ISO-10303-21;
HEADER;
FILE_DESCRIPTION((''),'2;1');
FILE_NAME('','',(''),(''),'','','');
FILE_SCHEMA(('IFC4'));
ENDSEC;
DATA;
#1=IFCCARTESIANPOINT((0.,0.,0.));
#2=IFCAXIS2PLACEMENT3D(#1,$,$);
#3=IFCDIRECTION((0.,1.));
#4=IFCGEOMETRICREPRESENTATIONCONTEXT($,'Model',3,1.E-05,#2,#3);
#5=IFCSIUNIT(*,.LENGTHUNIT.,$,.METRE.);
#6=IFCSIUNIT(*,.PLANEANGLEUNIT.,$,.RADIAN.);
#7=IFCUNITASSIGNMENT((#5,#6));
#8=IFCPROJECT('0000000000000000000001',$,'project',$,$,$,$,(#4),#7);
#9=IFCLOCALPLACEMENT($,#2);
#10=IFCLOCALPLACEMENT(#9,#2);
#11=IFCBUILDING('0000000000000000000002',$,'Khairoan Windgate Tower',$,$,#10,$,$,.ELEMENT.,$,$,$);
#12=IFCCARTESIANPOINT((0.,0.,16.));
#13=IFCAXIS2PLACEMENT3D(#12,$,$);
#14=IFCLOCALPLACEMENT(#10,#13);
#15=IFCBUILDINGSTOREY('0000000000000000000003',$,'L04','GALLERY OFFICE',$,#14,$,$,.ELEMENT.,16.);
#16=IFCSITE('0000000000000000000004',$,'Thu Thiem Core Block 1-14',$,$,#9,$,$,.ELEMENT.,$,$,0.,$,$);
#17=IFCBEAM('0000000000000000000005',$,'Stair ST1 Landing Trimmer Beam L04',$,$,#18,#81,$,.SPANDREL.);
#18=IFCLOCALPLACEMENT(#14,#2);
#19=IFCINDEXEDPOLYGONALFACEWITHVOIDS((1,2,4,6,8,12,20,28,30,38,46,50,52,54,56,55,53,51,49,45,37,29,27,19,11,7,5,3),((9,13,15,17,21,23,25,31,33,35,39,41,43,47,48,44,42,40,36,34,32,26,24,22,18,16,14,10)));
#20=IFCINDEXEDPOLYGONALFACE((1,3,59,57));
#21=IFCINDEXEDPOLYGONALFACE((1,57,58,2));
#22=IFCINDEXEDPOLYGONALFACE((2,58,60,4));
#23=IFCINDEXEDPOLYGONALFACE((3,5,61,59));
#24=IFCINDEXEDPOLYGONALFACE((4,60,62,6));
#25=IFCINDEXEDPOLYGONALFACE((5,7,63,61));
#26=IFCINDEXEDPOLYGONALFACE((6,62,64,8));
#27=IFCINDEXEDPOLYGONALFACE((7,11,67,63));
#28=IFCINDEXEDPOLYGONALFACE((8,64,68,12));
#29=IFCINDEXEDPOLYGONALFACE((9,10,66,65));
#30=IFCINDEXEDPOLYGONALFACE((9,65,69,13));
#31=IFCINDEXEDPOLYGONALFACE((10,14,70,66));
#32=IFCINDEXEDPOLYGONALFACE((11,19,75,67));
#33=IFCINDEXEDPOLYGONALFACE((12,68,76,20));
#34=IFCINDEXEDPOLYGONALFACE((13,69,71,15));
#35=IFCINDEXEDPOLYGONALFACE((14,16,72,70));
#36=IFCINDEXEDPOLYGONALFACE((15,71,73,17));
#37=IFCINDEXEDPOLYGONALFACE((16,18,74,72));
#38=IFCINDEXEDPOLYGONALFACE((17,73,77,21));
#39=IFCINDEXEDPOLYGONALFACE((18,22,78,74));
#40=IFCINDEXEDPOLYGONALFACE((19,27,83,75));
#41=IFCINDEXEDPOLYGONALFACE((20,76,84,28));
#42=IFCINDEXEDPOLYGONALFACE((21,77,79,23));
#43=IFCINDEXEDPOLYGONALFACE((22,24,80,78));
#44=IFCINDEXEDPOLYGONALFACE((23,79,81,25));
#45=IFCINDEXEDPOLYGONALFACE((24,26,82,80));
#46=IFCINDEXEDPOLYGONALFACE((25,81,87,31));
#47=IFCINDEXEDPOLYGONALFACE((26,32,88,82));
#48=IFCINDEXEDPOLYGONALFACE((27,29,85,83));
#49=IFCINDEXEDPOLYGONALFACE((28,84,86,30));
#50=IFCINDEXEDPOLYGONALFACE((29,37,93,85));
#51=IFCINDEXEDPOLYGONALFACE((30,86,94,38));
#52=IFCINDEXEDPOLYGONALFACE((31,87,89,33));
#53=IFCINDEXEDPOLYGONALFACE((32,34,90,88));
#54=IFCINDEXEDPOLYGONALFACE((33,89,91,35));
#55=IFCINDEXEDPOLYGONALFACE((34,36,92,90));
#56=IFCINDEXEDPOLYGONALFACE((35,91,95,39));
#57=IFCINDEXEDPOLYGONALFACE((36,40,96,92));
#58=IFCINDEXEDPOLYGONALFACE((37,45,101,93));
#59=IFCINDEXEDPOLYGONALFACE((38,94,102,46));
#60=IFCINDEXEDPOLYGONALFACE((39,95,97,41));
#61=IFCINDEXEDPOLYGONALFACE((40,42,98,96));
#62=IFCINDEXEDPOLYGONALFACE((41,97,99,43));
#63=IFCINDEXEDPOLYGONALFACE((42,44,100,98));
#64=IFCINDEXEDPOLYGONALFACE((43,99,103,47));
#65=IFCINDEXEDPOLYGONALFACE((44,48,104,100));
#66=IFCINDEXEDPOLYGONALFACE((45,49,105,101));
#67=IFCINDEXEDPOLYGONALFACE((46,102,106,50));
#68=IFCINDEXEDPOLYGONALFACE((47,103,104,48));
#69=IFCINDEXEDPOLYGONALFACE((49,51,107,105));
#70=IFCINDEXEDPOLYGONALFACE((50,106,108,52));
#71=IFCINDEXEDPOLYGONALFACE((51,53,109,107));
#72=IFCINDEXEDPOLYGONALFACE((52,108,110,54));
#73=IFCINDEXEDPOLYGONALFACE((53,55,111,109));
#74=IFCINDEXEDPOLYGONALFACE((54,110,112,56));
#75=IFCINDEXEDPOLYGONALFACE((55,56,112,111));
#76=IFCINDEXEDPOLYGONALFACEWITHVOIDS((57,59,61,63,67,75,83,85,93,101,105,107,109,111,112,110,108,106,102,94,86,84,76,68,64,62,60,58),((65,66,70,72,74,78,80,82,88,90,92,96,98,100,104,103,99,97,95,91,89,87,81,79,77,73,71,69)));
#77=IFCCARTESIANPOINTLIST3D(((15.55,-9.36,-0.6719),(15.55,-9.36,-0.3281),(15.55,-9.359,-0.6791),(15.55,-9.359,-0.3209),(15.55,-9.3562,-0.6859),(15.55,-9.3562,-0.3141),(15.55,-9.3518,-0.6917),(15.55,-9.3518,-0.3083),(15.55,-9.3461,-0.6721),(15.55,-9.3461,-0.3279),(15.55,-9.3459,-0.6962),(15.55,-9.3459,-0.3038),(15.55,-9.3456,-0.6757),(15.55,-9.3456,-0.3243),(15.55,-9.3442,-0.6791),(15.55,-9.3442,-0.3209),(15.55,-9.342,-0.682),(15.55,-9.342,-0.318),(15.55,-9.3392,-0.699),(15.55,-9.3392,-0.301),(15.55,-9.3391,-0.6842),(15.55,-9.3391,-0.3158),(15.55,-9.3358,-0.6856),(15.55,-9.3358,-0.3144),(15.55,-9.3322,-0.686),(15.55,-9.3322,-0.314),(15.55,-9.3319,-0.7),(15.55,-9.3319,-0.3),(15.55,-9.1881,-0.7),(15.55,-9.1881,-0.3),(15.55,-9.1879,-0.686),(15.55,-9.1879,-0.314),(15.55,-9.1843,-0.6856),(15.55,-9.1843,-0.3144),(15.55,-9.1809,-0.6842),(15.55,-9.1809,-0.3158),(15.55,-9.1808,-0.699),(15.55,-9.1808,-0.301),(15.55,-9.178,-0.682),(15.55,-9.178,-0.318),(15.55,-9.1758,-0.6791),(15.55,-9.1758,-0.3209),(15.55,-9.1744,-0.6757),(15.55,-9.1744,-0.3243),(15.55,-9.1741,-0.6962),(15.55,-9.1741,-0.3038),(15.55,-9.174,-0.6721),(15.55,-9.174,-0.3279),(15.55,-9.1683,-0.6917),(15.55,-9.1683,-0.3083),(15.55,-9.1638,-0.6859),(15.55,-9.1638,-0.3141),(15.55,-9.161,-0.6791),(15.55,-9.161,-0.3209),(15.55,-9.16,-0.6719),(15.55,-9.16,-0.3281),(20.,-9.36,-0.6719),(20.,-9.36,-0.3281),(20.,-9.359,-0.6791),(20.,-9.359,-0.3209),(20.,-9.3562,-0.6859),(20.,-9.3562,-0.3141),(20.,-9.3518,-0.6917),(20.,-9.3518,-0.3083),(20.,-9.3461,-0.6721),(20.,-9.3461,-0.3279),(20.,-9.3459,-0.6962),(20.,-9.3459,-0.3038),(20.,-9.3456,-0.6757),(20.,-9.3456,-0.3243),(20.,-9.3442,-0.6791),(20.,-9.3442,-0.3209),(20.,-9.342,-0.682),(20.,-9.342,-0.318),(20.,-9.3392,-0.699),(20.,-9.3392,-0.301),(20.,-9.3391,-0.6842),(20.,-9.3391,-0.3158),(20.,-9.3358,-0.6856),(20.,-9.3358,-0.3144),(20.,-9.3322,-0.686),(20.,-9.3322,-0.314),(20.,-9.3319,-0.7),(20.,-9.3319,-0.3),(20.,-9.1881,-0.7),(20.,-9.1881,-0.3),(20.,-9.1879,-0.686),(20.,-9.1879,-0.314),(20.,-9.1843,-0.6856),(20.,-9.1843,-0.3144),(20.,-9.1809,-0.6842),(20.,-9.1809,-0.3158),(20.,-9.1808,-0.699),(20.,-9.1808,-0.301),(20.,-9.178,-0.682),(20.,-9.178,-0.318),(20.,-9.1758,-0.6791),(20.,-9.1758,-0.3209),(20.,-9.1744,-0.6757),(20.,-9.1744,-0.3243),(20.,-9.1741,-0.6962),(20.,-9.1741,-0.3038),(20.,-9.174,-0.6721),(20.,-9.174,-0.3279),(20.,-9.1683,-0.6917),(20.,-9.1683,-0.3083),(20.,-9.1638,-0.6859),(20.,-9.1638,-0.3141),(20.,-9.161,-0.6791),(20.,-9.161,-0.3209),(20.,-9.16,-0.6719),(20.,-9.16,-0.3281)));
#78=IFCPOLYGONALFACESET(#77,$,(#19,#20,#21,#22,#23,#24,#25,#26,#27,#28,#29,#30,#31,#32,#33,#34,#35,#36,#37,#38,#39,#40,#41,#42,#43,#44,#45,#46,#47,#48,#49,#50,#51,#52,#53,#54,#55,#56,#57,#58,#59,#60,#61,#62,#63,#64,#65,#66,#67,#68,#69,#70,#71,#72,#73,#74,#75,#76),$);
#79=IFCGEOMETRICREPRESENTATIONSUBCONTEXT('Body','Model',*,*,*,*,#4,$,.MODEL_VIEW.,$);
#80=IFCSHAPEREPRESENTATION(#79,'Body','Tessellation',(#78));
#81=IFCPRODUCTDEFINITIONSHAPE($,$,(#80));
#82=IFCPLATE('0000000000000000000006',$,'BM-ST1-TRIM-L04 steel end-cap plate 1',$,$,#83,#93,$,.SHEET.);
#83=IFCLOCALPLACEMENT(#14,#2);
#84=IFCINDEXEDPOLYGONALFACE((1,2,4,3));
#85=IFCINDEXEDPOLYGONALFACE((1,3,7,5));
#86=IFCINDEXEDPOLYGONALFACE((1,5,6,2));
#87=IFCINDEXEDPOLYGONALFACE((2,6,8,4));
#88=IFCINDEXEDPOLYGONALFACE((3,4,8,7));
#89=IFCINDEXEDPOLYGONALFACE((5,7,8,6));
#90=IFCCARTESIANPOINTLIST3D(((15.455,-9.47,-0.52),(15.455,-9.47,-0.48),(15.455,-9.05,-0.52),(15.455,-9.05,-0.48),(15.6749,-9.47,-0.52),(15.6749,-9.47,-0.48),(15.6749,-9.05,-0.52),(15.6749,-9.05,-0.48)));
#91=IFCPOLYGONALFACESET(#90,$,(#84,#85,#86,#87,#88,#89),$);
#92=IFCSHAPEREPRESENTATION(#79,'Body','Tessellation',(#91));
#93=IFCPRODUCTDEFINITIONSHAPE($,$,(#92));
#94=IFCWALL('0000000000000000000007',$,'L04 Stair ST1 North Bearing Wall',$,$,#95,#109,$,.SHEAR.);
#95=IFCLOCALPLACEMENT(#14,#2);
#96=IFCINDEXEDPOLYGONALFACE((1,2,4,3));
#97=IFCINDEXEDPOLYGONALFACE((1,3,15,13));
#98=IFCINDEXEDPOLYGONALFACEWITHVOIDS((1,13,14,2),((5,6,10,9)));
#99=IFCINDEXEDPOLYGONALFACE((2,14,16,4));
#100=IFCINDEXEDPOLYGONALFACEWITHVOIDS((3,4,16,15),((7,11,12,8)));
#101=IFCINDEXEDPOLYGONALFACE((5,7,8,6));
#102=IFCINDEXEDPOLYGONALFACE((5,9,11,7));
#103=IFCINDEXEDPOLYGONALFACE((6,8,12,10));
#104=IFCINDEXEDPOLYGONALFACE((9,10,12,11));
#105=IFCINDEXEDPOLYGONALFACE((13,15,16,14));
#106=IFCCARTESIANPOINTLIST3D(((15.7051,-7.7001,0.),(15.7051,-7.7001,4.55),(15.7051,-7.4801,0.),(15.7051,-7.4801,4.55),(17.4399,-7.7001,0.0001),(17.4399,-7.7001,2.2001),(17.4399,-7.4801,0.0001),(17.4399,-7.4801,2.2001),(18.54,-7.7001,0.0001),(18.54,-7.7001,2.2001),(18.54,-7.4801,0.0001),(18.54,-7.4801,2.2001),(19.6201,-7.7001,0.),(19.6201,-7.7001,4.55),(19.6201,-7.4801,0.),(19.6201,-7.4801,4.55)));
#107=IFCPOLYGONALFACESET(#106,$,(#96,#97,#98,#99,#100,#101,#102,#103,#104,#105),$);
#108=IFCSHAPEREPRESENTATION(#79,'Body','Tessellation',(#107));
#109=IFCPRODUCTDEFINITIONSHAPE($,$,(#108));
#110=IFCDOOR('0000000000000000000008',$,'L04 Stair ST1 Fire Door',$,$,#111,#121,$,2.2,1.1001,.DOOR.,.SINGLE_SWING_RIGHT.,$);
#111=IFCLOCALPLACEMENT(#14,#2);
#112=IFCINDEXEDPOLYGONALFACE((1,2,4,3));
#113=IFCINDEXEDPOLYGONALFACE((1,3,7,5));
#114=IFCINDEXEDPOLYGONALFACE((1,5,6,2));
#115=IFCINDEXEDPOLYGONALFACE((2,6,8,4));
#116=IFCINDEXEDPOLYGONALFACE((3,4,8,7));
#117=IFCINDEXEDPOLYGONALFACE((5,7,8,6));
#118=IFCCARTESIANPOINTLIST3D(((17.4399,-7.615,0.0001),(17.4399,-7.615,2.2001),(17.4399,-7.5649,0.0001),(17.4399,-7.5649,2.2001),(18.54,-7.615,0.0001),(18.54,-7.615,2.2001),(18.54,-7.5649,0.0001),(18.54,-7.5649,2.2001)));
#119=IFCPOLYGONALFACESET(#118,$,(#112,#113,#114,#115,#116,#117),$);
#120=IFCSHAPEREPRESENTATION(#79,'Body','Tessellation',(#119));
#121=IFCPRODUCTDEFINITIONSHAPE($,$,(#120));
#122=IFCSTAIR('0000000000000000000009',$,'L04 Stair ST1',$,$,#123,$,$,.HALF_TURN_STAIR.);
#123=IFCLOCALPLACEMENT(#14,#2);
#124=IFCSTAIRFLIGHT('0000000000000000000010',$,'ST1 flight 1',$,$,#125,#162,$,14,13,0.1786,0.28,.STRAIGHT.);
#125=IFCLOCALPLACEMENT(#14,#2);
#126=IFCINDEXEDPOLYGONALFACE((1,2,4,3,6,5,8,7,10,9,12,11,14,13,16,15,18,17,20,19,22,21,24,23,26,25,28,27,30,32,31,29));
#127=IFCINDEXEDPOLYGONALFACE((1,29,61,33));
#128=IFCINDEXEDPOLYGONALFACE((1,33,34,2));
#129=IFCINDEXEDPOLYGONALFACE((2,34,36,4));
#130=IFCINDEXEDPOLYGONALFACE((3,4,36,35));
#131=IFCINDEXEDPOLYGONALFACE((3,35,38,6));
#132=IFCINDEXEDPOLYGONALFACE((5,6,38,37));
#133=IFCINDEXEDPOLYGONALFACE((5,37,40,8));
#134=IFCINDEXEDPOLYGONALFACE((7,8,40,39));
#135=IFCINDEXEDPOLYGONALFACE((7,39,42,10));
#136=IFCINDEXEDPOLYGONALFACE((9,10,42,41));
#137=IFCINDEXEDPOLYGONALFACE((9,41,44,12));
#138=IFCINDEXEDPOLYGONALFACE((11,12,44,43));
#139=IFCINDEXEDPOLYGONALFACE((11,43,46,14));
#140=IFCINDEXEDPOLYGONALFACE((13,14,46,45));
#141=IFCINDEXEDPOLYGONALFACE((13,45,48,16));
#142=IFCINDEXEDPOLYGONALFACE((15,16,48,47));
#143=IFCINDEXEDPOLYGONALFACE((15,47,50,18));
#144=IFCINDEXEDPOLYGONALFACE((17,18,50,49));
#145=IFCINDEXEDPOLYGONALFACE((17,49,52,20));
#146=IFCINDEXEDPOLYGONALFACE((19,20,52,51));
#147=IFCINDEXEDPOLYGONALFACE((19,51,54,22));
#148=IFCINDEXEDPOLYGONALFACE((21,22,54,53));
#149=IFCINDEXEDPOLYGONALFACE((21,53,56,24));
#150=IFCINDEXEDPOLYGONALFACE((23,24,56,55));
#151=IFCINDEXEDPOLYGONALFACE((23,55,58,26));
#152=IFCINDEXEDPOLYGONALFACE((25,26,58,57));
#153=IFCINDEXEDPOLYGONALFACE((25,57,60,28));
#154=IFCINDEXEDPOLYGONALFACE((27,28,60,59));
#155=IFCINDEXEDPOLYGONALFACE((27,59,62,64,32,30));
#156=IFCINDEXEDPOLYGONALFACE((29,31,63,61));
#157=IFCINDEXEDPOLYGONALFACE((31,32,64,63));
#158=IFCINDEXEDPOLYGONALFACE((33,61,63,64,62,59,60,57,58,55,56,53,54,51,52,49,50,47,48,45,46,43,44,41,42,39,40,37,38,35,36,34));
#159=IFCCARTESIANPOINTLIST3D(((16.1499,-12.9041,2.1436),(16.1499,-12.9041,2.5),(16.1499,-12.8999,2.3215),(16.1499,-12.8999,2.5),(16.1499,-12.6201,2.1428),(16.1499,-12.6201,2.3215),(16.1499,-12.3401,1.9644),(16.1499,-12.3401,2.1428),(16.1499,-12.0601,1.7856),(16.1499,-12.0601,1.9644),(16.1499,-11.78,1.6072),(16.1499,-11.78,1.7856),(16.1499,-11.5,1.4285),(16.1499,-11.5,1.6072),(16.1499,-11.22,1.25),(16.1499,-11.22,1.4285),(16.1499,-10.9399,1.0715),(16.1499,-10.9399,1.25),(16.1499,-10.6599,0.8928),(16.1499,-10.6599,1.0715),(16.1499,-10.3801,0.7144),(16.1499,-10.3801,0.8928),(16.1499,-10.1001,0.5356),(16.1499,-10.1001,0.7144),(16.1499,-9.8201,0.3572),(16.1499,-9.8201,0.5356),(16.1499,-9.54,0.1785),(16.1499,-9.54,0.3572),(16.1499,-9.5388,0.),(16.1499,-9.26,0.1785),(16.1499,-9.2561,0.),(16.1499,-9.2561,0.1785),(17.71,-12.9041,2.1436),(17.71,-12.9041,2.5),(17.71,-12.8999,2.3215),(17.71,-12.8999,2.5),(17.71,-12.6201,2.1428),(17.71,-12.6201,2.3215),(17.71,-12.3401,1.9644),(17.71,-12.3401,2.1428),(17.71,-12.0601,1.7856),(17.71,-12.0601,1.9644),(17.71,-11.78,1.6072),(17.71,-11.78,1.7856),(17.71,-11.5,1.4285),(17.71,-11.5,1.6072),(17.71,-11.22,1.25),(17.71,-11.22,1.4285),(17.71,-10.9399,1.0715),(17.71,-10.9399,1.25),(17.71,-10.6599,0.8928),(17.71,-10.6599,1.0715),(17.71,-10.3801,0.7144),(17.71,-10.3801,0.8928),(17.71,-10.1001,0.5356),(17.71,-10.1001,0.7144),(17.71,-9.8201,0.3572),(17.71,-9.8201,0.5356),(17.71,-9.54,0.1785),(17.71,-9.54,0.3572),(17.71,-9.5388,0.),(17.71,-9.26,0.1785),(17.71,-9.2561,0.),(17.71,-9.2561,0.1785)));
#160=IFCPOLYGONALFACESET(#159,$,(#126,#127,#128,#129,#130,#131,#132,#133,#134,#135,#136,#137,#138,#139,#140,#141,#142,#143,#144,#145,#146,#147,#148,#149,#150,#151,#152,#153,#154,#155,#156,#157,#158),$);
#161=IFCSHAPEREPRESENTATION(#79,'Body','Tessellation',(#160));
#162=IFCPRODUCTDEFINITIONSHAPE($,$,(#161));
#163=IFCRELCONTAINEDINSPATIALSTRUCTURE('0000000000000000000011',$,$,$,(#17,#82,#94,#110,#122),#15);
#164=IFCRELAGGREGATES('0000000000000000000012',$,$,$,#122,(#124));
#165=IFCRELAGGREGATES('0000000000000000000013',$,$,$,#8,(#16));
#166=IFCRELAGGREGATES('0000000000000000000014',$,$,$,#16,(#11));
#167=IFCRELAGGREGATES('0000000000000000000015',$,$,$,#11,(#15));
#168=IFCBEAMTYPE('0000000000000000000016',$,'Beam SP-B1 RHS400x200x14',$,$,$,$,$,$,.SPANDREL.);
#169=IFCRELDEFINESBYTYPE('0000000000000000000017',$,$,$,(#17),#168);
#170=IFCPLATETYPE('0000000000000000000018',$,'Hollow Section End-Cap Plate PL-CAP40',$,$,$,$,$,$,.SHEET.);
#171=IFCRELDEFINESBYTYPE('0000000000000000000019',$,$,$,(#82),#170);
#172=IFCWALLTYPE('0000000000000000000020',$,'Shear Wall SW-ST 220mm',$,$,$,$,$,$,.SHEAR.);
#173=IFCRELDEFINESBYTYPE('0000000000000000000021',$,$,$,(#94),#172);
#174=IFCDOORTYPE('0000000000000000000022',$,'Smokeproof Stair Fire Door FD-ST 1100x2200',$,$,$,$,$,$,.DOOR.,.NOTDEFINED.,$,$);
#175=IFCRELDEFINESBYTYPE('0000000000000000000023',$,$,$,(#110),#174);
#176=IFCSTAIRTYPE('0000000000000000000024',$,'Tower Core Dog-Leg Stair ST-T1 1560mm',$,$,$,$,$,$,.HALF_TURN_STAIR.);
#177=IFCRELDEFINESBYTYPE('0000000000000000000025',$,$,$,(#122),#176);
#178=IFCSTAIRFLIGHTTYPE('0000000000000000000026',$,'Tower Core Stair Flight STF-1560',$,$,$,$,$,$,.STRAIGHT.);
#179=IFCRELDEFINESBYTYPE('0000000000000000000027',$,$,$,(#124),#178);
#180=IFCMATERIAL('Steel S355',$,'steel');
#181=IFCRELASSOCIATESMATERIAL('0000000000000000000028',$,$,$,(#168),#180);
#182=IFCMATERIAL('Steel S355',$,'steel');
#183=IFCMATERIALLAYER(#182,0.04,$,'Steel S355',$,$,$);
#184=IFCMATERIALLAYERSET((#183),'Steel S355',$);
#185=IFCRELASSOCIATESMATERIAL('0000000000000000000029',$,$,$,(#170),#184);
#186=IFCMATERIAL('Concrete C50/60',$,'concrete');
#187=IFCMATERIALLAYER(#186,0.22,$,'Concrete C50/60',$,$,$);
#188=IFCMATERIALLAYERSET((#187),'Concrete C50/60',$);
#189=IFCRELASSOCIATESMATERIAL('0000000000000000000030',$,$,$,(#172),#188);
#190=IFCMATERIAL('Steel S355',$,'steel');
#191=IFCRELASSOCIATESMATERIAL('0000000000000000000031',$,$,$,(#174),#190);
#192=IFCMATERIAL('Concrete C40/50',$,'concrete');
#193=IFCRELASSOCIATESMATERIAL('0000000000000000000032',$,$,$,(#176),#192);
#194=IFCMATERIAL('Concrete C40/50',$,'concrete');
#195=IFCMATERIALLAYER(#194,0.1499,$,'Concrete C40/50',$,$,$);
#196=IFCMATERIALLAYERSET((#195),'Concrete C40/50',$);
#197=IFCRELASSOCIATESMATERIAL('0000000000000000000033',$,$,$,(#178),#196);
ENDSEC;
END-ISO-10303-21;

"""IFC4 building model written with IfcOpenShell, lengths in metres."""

from ifc_helpers import new_model, si_unit, direction, frame, frame_2d, origin, origin_2d, place, context, subcontext, project, spatial, polyline, rectangle, hollow_rectangle, outline, extrude, material, layer, layer_set, material_profile, profile_set, type_object, element, fill, aggregate, save


model = new_model("IFC4")

# Units and contexts
model_context = context("Model", 3, precision=1e-05, world=origin(), true_north=direction((0.0, 1.0)))
body_context = subcontext(model_context, "Body", "Model", "MODEL_VIEW")
ifc_project = project(units=[si_unit("LENGTHUNIT", "METRE"), si_unit("PLANEANGLEUNIT", "RADIAN")], contexts=[model_context])

# Site, building, storey
site_placement = place(None, origin())
site = spatial("IfcSite", under=ifc_project, at=site_placement, Name="Thu Thiem Core Block 1-14", CompositionType="ELEMENT", RefElevation=0.0)
building_placement = place(site_placement, origin())
building = spatial("IfcBuilding", under=site, at=building_placement, Name="Khairoan Windgate Tower", CompositionType="ELEMENT")
storey_placement = place(building_placement, frame((0.0, 0.0, 16.0)))
storey = spatial("IfcBuildingStorey", under=building, at=storey_placement, Name="L04", Description="GALLERY OFFICE", CompositionType="ELEMENT", Elevation=16.0)

# Beam
ifc_material_1 = material(Name="Steel S355", Category="steel")
ifc_material_profile = material_profile(ifc_material_1, hollow_rectangle(XDim=0.2, YDim=0.3999, WallThickness=0.0139, InnerFilletRadius=0.0139, OuterFilletRadius=0.0281, at=origin_2d()))
ifc_profile_set = profile_set([ifc_material_profile], Name="Steel S355")
beam_type = type_object("IfcBeamType", Name="Beam SP-B1 RHS400x200x14", PredefinedType="SPANDREL", material=ifc_profile_set)
beam_placement = place(storey_placement, frame((15.55, -9.26, -0.5), z_axis=(1.0, 0.0, 0.0), x_axis=(0.0, 1.0, 0.0)))
element("IfcBeam", 1, at=beam_placement, inside=storey, type_object=beam_type, Name="Stair ST1 Landing Trimmer Beam L04", PredefinedType="SPANDREL", context=body_context, shape_type="SweptSolid", body=[
    extrude(hollow_rectangle(XDim=0.2, YDim=0.3999, WallThickness=0.0139, InnerFilletRadius=0.0139, OuterFilletRadius=0.0281, at=origin_2d()), origin(), (0.0, 0.0, 1.0), 4.45),
])

# Plate
ifc_material_2 = material(Name="Steel S355", Category="steel")
ifc_layer_1 = layer(ifc_material_2, 0.04, Name="Steel S355")
ifc_layer_set_1 = layer_set([ifc_layer_1], Name="Steel S355")
plate_type = type_object("IfcPlateType", Name="Hollow Section End-Cap Plate PL-CAP40", PredefinedType="SHEET", material=ifc_layer_set_1)
plate_placement = place(storey_placement, frame((15.5649, -9.26, -0.52), z_axis=(0.0, 0.0, 1.0), x_axis=(1.0, 0.0, 0.0)))
element("IfcPlate", 2, at=plate_placement, inside=storey, type_object=plate_type, Name="BM-ST1-TRIM-L04 steel end-cap plate 1", PredefinedType="SHEET", context=body_context, shape_type="SweptSolid", body=[
    extrude(rectangle(XDim=0.22, YDim=0.4199, at=origin_2d()), origin(), (0.0, 0.0, 1.0), 0.04),
])

# Wall, opening, door
ifc_material_3 = material(Name="Concrete C50/60", Category="concrete")
ifc_layer_2 = layer(ifc_material_3, 0.22, Name="Concrete C50/60")
ifc_layer_set_2 = layer_set([ifc_layer_2], Name="Concrete C50/60")
wall_type = type_object("IfcWallType", Name="Shear Wall SW-ST 220mm", PredefinedType="SHEAR", material=ifc_layer_set_2)
wall_placement = place(storey_placement, frame((19.6201, -7.5901, 0.0), z_axis=(0.0, 0.0, 1.0), x_axis=(-1.0, 0.0, 0.0)))
wall = element("IfcWall", 3, at=wall_placement, inside=storey, type_object=wall_type, Name="L04 Stair ST1 North Bearing Wall", PredefinedType="SHEAR", context=body_context, shape_type="SweptSolid", body=[
    extrude(rectangle(XDim=3.915, YDim=0.22, at=frame_2d((1.9575, 0.0))), origin(), (0.0, 0.0, 1.0), 4.55),
])
opening_placement = place(wall_placement, frame((1.0801, 0.0, 0.0)))
opening = element("IfcOpeningElement", 4, at=opening_placement, cuts=wall, PredefinedType="OPENING", context=body_context, shape_type="SweptSolid", body=[
    extrude(rectangle(XDim=1.1001, YDim=2.2, at=frame_2d((0.55, 1.1001))), frame((0.0, 0.1199, 0.0), z_axis=(0.0, -1.0, 0.0), x_axis=(1.0, 0.0, 0.0)), (0.0, 0.0, 1.0), 0.24),
])
ifc_material_4 = material(Name="Steel S355", Category="steel")
door_type = type_object("IfcDoorType", Name="Smokeproof Stair Fire Door FD-ST 1100x2200", OperationType="NOTDEFINED", PredefinedType="DOOR", material=ifc_material_4)
door_placement = place(opening_placement, origin())
door = element("IfcDoor", 5, at=door_placement, inside=storey, type_object=door_type, Name="L04 Stair ST1 Fire Door", OperationType="SINGLE_SWING_RIGHT", OverallHeight=2.2, OverallWidth=1.1001, PredefinedType="DOOR", context=body_context, shape_type="SweptSolid", body=[
    extrude(rectangle(XDim=1.1001, YDim=2.2, at=frame_2d((0.55, 1.1001))), frame((0.0, 0.0249, 0.0), z_axis=(0.0, -1.0, 0.0), x_axis=(1.0, 0.0, 0.0)), (0.0, 0.0, 1.0), 0.05),
])
fill(opening, door)

# Stair, stair flight
ifc_material_5 = material(Name="Concrete C40/50", Category="concrete")
stair_type = type_object("IfcStairType", Name="Tower Core Dog-Leg Stair ST-T1 1560mm", PredefinedType="HALF_TURN_STAIR", material=ifc_material_5)
stair_placement = place(storey_placement, origin())
stair = element("IfcStair", 6, at=stair_placement, inside=storey, type_object=stair_type, Name="L04 Stair ST1", PredefinedType="HALF_TURN_STAIR")
ifc_material_6 = material(Name="Concrete C40/50", Category="concrete")
ifc_layer_3 = layer(ifc_material_6, 0.1499, Name="Concrete C40/50")
ifc_layer_set_3 = layer_set([ifc_layer_3], Name="Concrete C40/50")
stair_flight_type = type_object("IfcStairFlightType", Name="Tower Core Stair Flight STF-1560", PredefinedType="STRAIGHT", material=ifc_layer_set_3)
stair_flight_1_placement = place(storey_placement, frame((16.9299, -9.26, 0.0), z_axis=(0.0, 0.0, 1.0), x_axis=(0.0, -1.0, 0.0)))
stair_flight_1 = element("IfcStairFlight", 7, at=stair_flight_1_placement, type_object=stair_flight_type, Name="ST1 flight 1", NumberOfRisers=14, NumberOfTreads=13, PredefinedType="STRAIGHT", RiserHeight=0.1786, TreadLength=0.28, context=body_context, shape_type="SweptSolid", body=[
    extrude(outline(polyline([(-0.0039, 0.0), (-0.0039, 0.1785), (0.0, 0.1785), (0.28, 0.1785), (0.28, 0.3572), (0.5601, 0.3572), (0.5601, 0.5356), (0.8401, 0.5356), (0.8401, 0.7144), (1.1201, 0.7144), (1.1201, 0.8928), (1.3999, 0.8928), (1.3999, 1.0715), (1.6799, 1.0715), (1.6799, 1.25), (1.96, 1.25), (1.96, 1.4285), (2.24, 1.4285), (2.24, 1.6072), (2.52, 1.6072), (2.52, 1.7856), (2.8, 1.7856), (2.8, 1.9644), (3.0801, 1.9644), (3.0801, 2.1428), (3.3601, 2.1428), (3.3601, 2.3215), (3.6399, 2.3215), (3.6399, 2.5), (3.644, 2.5), (3.644, 2.1436), (0.2788, 0.0), (-0.0039, 0.0)])), frame((0.0, 0.78, 0.0), z_axis=(0.0, -1.0, 0.0), x_axis=(1.0, 0.0, 0.0)), (0.0, 0.0, 1.0), 1.5601),
])
aggregate(stair, [stair_flight_1])

save(model, "model.ifc")
